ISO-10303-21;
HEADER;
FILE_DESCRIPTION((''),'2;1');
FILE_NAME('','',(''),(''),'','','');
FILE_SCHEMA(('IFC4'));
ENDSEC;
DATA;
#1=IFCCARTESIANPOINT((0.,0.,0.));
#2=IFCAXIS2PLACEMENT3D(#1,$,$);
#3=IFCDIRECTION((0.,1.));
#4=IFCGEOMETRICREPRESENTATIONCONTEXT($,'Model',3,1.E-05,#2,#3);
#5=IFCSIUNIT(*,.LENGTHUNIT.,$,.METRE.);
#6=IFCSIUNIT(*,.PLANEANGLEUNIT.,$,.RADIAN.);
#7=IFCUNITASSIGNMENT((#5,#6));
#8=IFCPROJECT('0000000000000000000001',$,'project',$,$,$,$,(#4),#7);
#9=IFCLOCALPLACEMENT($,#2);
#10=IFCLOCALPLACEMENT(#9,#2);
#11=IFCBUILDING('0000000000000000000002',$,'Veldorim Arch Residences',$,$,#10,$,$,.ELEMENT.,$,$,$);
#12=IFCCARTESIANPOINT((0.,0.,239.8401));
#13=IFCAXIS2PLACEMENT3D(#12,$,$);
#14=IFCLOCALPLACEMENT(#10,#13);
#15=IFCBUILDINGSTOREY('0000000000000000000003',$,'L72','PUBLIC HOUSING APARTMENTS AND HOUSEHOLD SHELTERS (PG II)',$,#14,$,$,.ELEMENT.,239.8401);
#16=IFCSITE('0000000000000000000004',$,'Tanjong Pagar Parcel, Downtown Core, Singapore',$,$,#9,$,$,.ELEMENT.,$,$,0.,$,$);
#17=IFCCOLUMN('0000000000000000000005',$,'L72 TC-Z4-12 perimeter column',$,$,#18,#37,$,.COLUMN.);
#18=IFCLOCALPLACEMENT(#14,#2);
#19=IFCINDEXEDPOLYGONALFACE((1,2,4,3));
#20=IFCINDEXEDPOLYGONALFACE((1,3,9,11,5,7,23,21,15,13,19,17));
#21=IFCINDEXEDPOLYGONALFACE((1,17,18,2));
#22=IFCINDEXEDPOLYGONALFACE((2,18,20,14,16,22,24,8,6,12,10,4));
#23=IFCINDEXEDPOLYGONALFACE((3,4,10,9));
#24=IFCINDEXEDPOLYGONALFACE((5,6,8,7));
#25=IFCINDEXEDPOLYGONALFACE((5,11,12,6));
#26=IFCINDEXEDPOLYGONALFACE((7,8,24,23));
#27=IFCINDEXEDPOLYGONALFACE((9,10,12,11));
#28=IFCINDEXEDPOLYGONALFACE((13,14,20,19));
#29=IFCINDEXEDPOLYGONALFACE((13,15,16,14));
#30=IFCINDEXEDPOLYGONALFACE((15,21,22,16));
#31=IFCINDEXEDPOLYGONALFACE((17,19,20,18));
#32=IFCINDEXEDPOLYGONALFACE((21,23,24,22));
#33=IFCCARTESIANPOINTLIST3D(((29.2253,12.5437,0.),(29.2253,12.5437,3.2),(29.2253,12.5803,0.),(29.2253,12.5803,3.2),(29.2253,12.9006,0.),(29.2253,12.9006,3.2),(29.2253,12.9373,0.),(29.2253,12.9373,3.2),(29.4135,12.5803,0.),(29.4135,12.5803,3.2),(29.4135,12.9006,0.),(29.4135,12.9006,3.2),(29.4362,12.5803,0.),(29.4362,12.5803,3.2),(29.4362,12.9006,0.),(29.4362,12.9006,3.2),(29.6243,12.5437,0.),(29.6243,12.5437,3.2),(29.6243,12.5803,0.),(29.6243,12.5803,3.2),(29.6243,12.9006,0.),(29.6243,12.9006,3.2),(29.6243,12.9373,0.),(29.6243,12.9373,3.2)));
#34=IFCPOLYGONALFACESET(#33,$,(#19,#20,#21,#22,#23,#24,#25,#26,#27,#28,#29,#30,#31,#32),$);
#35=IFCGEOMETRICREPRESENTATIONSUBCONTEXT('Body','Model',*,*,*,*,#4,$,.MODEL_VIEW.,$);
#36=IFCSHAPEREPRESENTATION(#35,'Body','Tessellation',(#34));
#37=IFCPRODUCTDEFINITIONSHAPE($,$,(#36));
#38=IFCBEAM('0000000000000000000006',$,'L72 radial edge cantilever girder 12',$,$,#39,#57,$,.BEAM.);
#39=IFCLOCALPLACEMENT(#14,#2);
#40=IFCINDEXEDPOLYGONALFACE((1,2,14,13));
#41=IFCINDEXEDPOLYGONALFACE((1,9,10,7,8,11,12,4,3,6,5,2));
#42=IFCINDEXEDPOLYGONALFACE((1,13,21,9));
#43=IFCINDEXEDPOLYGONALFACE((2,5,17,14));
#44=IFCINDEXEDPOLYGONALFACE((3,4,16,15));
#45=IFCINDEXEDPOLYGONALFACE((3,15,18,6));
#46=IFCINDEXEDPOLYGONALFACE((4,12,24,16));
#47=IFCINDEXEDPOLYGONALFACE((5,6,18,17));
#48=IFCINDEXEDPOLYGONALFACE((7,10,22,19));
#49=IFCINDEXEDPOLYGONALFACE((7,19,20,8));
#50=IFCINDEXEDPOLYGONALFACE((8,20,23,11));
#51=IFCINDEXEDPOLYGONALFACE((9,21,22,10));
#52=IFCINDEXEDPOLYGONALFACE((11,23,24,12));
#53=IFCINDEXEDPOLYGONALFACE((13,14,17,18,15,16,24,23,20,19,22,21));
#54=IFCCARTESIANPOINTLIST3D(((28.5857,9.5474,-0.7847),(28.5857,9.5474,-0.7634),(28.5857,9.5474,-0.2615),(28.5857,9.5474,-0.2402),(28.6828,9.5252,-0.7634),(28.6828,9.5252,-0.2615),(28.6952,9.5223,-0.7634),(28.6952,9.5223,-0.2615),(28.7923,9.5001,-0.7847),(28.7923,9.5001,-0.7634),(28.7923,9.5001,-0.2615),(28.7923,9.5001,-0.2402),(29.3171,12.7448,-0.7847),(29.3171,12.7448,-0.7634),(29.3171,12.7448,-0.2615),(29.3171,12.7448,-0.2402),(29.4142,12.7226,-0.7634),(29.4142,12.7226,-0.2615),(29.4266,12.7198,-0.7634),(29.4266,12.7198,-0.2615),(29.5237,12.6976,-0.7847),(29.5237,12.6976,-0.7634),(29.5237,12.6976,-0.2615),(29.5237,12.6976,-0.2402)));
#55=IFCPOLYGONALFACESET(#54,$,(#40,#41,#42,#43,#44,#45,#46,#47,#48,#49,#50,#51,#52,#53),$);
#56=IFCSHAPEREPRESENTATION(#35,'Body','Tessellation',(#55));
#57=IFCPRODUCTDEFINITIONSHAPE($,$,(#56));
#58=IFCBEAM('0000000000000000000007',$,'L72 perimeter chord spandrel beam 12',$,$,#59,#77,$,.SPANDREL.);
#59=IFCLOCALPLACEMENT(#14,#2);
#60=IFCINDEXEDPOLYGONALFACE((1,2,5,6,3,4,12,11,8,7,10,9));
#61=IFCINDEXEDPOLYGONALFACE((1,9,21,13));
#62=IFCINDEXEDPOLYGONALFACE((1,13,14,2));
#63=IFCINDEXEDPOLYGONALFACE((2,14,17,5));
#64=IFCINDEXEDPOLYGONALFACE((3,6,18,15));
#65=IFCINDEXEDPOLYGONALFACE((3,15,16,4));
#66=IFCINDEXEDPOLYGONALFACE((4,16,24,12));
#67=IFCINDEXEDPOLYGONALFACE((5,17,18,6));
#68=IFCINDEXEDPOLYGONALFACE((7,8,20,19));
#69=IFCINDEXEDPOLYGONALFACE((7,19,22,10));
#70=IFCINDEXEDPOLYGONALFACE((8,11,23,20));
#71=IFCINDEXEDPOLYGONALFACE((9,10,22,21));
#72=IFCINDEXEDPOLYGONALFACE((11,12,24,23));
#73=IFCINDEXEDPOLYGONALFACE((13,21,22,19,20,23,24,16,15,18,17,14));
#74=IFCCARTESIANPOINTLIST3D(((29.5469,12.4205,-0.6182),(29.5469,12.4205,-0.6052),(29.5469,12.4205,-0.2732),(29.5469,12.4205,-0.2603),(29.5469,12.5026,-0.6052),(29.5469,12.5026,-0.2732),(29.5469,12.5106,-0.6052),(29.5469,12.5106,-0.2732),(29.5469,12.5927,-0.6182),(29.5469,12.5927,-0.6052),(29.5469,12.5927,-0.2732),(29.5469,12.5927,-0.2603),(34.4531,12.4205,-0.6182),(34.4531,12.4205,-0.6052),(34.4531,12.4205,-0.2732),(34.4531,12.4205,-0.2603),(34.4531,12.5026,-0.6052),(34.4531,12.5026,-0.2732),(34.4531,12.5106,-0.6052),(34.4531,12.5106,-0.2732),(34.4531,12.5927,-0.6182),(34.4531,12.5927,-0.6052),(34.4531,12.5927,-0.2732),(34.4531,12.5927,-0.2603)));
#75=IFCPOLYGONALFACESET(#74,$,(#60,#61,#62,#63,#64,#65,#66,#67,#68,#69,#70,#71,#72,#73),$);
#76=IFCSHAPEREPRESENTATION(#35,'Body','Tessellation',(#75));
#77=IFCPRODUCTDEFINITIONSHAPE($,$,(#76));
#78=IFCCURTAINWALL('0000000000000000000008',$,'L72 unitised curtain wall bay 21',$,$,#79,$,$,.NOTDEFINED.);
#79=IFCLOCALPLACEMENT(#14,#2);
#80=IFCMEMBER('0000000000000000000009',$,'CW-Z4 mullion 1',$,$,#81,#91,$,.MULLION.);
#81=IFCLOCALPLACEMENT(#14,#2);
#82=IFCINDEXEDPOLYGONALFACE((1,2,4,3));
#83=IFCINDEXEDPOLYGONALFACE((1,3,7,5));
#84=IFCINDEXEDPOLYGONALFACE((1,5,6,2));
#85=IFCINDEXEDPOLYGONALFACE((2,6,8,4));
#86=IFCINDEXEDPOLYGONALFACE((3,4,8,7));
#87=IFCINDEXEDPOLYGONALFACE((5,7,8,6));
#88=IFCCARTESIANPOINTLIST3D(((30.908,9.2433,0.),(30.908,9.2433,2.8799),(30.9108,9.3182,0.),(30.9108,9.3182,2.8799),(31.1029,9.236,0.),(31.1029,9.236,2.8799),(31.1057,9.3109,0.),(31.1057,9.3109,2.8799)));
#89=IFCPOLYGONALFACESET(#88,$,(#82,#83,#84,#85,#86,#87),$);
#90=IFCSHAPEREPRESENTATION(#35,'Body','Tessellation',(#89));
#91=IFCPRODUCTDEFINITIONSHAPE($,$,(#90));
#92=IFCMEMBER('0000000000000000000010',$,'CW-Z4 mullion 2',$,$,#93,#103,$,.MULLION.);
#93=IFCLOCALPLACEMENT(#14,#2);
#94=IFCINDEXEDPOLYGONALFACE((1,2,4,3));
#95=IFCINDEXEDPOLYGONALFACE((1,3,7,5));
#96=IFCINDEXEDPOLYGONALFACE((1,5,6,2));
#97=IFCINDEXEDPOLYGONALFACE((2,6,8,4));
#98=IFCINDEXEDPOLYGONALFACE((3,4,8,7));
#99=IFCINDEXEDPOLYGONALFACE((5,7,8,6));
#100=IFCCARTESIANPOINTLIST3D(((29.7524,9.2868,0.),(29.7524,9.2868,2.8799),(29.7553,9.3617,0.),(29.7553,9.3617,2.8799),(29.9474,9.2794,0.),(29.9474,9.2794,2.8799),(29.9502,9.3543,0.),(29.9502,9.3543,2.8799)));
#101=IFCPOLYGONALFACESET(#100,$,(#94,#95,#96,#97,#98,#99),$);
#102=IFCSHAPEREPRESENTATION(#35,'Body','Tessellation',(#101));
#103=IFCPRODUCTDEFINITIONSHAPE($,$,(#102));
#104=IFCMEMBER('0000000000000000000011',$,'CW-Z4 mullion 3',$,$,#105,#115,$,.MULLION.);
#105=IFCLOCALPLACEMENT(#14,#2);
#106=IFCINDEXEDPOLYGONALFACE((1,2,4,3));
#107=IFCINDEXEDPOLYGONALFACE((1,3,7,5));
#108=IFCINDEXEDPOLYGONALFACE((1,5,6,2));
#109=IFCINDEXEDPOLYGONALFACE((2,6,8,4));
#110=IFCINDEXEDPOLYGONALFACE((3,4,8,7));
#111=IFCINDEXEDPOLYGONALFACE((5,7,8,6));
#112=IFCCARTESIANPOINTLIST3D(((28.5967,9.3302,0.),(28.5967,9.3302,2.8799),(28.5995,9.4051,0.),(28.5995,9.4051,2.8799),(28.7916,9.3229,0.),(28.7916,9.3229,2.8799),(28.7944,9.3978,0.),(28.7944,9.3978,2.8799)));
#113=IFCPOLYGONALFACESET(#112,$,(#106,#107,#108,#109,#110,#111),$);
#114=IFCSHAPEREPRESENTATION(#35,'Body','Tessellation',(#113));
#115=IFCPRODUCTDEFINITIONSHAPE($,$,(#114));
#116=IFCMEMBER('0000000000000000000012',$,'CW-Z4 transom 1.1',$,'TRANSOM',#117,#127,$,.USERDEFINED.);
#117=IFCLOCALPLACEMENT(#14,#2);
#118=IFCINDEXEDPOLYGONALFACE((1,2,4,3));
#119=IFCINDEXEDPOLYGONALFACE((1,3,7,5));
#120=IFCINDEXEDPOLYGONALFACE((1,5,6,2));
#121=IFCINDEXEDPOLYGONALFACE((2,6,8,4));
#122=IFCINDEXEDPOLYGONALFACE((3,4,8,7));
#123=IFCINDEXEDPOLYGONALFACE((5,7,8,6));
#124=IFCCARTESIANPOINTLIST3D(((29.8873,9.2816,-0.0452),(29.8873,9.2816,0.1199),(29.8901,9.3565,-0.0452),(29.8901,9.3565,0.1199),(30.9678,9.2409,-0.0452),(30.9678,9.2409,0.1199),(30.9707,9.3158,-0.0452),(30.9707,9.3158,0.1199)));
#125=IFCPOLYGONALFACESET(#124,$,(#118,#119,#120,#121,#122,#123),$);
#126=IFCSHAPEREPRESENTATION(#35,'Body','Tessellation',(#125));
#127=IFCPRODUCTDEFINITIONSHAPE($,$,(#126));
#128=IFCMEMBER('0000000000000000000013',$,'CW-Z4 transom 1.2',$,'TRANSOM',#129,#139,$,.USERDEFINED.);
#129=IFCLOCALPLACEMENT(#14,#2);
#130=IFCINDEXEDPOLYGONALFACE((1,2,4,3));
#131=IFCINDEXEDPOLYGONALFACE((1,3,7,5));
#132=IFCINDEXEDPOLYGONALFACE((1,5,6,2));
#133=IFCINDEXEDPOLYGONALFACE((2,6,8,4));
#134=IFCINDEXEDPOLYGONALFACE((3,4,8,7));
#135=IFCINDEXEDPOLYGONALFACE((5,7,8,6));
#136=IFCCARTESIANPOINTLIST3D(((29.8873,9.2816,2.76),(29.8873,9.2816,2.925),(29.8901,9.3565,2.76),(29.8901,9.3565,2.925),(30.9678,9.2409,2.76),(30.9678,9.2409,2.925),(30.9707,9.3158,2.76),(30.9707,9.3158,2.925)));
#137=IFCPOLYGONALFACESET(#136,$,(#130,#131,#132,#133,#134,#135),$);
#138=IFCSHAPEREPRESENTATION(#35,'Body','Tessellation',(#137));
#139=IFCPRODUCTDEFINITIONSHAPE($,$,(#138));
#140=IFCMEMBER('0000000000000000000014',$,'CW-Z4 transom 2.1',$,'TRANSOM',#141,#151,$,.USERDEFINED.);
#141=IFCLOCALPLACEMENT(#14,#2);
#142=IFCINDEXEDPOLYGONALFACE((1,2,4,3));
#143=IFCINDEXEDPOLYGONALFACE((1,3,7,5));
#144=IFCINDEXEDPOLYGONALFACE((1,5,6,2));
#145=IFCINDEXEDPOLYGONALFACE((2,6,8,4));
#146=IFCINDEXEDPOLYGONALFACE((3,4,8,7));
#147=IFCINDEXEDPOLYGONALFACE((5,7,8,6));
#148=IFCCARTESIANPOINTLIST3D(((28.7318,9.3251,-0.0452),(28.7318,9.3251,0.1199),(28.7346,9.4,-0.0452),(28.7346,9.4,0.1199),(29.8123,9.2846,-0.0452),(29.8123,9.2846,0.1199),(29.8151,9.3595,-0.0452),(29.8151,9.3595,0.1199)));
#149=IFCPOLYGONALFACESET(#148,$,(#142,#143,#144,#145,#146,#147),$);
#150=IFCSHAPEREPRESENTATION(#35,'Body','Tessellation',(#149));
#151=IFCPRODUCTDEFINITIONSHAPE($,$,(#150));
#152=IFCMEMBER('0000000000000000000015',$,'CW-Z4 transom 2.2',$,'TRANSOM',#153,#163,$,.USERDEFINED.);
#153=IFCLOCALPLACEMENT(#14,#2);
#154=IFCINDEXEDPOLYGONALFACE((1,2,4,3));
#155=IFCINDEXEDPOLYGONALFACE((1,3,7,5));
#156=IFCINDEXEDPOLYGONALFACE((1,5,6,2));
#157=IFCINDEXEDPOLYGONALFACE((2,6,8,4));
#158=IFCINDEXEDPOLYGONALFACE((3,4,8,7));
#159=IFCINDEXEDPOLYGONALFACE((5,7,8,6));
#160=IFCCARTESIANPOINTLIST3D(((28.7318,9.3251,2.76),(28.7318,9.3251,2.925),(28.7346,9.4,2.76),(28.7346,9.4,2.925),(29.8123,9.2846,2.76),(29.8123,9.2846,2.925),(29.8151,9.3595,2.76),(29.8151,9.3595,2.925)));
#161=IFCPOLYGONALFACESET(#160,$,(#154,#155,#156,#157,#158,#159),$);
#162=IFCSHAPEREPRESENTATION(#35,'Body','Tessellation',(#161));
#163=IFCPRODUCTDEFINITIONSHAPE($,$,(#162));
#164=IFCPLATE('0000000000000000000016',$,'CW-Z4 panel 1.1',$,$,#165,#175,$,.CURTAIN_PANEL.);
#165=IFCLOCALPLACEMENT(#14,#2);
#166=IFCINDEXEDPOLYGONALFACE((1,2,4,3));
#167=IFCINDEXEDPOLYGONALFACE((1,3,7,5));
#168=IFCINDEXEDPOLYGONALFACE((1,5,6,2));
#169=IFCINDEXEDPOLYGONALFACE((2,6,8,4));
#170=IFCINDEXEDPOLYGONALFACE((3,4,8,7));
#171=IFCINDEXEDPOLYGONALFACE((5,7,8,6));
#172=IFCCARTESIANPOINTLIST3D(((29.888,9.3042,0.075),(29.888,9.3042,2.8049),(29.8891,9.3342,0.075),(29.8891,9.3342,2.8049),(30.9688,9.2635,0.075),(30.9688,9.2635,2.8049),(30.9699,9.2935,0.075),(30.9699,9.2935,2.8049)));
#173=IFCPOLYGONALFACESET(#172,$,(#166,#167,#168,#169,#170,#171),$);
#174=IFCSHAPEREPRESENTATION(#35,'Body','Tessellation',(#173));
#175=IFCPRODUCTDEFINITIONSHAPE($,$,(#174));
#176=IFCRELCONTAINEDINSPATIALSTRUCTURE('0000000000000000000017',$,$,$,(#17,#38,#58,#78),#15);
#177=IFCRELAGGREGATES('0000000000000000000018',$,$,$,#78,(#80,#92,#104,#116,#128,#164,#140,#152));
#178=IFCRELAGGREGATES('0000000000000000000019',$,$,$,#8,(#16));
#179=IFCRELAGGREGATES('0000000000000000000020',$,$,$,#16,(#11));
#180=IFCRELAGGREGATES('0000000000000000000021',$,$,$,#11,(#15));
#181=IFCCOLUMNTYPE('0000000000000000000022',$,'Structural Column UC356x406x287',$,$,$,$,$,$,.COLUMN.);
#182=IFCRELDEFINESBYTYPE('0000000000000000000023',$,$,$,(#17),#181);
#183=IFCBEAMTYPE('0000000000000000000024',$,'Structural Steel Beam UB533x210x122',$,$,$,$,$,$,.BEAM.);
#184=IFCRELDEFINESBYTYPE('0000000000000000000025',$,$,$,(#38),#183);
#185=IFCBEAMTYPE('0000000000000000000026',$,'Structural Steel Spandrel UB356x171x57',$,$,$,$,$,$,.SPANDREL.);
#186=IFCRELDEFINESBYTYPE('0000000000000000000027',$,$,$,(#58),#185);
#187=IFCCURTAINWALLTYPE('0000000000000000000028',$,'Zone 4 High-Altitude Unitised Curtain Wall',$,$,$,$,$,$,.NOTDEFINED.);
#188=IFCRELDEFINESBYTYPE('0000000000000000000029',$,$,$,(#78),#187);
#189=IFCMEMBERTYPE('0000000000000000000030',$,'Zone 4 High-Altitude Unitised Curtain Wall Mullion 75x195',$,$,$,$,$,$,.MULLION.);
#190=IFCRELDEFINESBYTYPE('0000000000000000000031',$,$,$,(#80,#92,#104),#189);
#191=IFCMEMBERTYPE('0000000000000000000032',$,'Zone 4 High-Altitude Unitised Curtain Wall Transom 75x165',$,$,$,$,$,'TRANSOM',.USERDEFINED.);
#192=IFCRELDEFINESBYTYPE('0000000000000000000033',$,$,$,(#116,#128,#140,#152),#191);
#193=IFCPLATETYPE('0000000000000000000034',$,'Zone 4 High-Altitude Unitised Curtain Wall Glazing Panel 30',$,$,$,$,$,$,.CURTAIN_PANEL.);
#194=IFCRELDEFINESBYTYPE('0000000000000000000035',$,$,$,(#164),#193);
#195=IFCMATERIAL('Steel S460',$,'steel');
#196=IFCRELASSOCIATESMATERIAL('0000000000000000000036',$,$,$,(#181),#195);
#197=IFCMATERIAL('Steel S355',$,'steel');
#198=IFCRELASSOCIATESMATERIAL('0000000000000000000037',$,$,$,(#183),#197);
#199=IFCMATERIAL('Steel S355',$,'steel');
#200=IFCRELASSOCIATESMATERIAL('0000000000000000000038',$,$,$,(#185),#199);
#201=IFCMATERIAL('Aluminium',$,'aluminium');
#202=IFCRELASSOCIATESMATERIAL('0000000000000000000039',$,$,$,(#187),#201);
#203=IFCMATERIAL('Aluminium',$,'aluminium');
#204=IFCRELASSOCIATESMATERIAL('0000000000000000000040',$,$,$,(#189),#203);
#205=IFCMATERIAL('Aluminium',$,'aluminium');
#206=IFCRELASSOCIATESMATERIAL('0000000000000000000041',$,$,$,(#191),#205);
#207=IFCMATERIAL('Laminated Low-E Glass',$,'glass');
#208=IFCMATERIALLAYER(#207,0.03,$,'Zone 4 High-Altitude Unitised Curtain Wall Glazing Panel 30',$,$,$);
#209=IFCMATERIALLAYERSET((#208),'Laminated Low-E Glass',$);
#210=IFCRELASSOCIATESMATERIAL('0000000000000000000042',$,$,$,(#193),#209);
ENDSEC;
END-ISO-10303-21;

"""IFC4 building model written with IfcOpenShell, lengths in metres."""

from ifc_helpers import new_model, si_unit, direction, frame, origin, origin_2d, place, context, subcontext, project, spatial, rectangle, i_section, extrude, material, layer, layer_set, material_profile, profile_set, type_object, element, aggregate, save


model = new_model("IFC4")

# Units and contexts
model_context = context("Model", 3, precision=1e-05, world=origin(), true_north=direction((0.0, 1.0)))
body_context = subcontext(model_context, "Body", "Model", "MODEL_VIEW")
ifc_project = project(units=[si_unit("LENGTHUNIT", "METRE"), si_unit("PLANEANGLEUNIT", "RADIAN")], contexts=[model_context])

# Site, building, storey
site_placement = place(None, origin())
site = spatial("IfcSite", under=ifc_project, at=site_placement, Name="Tanjong Pagar Parcel, Downtown Core, Singapore", CompositionType="ELEMENT", RefElevation=0.0)
building_placement = place(site_placement, origin())
building = spatial("IfcBuilding", under=site, at=building_placement, Name="Veldorim Arch Residences", CompositionType="ELEMENT")
storey_placement = place(building_placement, frame((0.0, 0.0, 239.8401)))
storey = spatial("IfcBuildingStorey", under=building, at=storey_placement, Name="L72", Description="PUBLIC HOUSING APARTMENTS AND HOUSEHOLD SHELTERS (PG II)", CompositionType="ELEMENT", Elevation=239.8401)

# Column
ifc_material_1 = material(Name="Steel S460", Category="steel")
ifc_material_profile_1 = material_profile(ifc_material_1, i_section(OverallWidth=0.3989, OverallDepth=0.3936, WebThickness=0.0227, FlangeThickness=0.0366, at=origin_2d()), Name="UC356x406x287")
ifc_profile_set_1 = profile_set([ifc_material_profile_1], Name="Steel S460")
column_type = type_object("IfcColumnType", Name="Structural Column UC356x406x287", PredefinedType="COLUMN", material=ifc_profile_set_1)
column_placement = place(storey_placement, frame((29.4248, 12.7405, 0.0), z_axis=(0.0, 0.0, 1.0), x_axis=(1.0, 0.0, 0.0)))
element("IfcColumn", 1, at=column_placement, inside=storey, type_object=column_type, Name="L72 TC-Z4-12 perimeter column", PredefinedType="COLUMN", context=body_context, shape_type="SweptSolid", body=[
    extrude(i_section(OverallWidth=0.3989, OverallDepth=0.3936, WebThickness=0.0227, FlangeThickness=0.0366, at=origin_2d()), origin(), (0.0, 0.0, 1.0), 3.2),
])

# Beams
ifc_material_2 = material(Name="Steel S355", Category="steel")
ifc_material_profile_2 = material_profile(ifc_material_2, i_section(OverallWidth=0.2119, OverallDepth=0.5444, WebThickness=0.0127, FlangeThickness=0.0212, at=origin_2d()), Name="UB533x210x122")
ifc_profile_set_2 = profile_set([ifc_material_profile_2], Name="Steel S355")
beam_type_1 = type_object("IfcBeamType", Name="Structural Steel Beam UB533x210x122", PredefinedType="BEAM", material=ifc_profile_set_2)
beam_1_placement = place(storey_placement, frame((29.4204, 12.7212, -0.5125), z_axis=(-0.222995, -0.97482, 0.0), x_axis=(0.97482, -0.222995, 0.0)))
element("IfcBeam", 2, at=beam_1_placement, inside=storey, type_object=beam_type_1, Name="L72 radial edge cantilever girder 12", PredefinedType="BEAM", context=body_context, shape_type="SweptSolid", body=[
    extrude(i_section(OverallWidth=0.2119, OverallDepth=0.5444, WebThickness=0.0127, FlangeThickness=0.0212, at=origin_2d()), origin(), (0.0, 0.0, 1.0), 3.28),
])
ifc_material_3 = material(Name="Steel S355", Category="steel")
ifc_material_profile_3 = material_profile(ifc_material_3, i_section(OverallWidth=0.1721, OverallDepth=0.3579, WebThickness=0.0081, FlangeThickness=0.0129, at=origin_2d()), Name="UB356x171x57")
ifc_profile_set_3 = profile_set([ifc_material_profile_3], Name="Steel S355")
beam_type_2 = type_object("IfcBeamType", Name="Structural Steel Spandrel UB356x171x57", PredefinedType="SPANDREL", material=ifc_profile_set_3)
beam_2_placement = place(storey_placement, frame((29.5469, 12.5066, -0.4392), z_axis=(1.0, 0.0, 0.0), x_axis=(0.0, 1.0, 0.0)))
element("IfcBeam", 3, at=beam_2_placement, inside=storey, type_object=beam_type_2, Name="L72 perimeter chord spandrel beam 12", PredefinedType="SPANDREL", context=body_context, shape_type="SweptSolid", body=[
    extrude(i_section(OverallWidth=0.1721, OverallDepth=0.3579, WebThickness=0.0081, FlangeThickness=0.0129, at=origin_2d()), origin(), (0.0, 0.0, 1.0), 4.9062),
])

# Curtain wall, members, plate
ifc_material_4 = material(Name="Aluminium", Category="aluminium")
curtain_wall_type = type_object("IfcCurtainWallType", Name="Zone 4 High-Altitude Unitised Curtain Wall", PredefinedType="NOTDEFINED", material=ifc_material_4)
curtain_wall_placement = place(storey_placement, origin())
curtain_wall = element("IfcCurtainWall", 4, at=curtain_wall_placement, inside=storey, type_object=curtain_wall_type, Name="L72 unitised curtain wall bay 21", PredefinedType="NOTDEFINED")
ifc_material_5 = material(Name="Aluminium", Category="aluminium")
ifc_material_profile_4 = material_profile(ifc_material_5, rectangle(XDim=0.075, YDim=0.1951, at=origin_2d()), Name="ALU_MUL_75x195")
ifc_profile_set_4 = profile_set([ifc_material_profile_4], Name="Aluminium")
member_type_1 = type_object("IfcMemberType", Name="Zone 4 High-Altitude Unitised Curtain Wall Mullion 75x195", PredefinedType="MULLION", material=ifc_profile_set_4)
member_1_placement = place(storey_placement, frame((31.0068, 9.2771, 0.0), z_axis=(0.0, 0.0, 1.0), x_axis=(-0.037606, -0.999293, 0.0)))
member_1 = element("IfcMember", 5, at=member_1_placement, type_object=member_type_1, Name="CW-Z4 mullion 1", PredefinedType="MULLION", context=body_context, shape_type="SweptSolid", body=[
    extrude(rectangle(XDim=0.075, YDim=0.1951, at=origin_2d()), origin(), (0.0, 0.0, 1.0), 2.8799),
])
member_2_placement = place(storey_placement, frame((29.8513, 9.3206, 0.0), z_axis=(0.0, 0.0, 1.0), x_axis=(-0.037606, -0.999293, 0.0)))
member_2 = element("IfcMember", 6, at=member_2_placement, type_object=member_type_1, Name="CW-Z4 mullion 2", PredefinedType="MULLION", context=body_context, shape_type="SweptSolid", body=[
    extrude(rectangle(XDim=0.075, YDim=0.1951, at=origin_2d()), origin(), (0.0, 0.0, 1.0), 2.8799),
])
member_3_placement = place(storey_placement, frame((28.6956, 9.364, 0.0), z_axis=(0.0, 0.0, 1.0), x_axis=(-0.037606, -0.999293, 0.0)))
member_3 = element("IfcMember", 7, at=member_3_placement, type_object=member_type_1, Name="CW-Z4 mullion 3", PredefinedType="MULLION", context=body_context, shape_type="SweptSolid", body=[
    extrude(rectangle(XDim=0.075, YDim=0.1951, at=origin_2d()), origin(), (0.0, 0.0, 1.0), 2.8799),
])
ifc_material_6 = material(Name="Aluminium", Category="aluminium")
ifc_material_profile_5 = material_profile(ifc_material_6, rectangle(XDim=0.075, YDim=0.165, at=origin_2d()), Name="ALU_TRN_75x165")
ifc_profile_set_5 = profile_set([ifc_material_profile_5], Name="Aluminium")
member_type_2 = type_object("IfcMemberType", Name="Zone 4 High-Altitude Unitised Curtain Wall Transom 75x165", ElementType="TRANSOM", PredefinedType="USERDEFINED", material=ifc_profile_set_5)
member_4_placement = place(storey_placement, frame((30.9692, 9.2783, 0.0374), z_axis=(-0.999289, 0.037705, 0.0), x_axis=(-0.037705, -0.999289, 0.0)))
member_4 = element("IfcMember", 8, at=member_4_placement, type_object=member_type_2, Name="CW-Z4 transom 1.1", ObjectType="TRANSOM", PredefinedType="USERDEFINED", context=body_context, shape_type="SweptSolid", body=[
    extrude(rectangle(XDim=0.075, YDim=0.165, at=origin_2d()), origin(), (0.0, 0.0, 1.0), 1.0813),
])
member_5_placement = place(storey_placement, frame((30.9692, 9.2783, 2.8425), z_axis=(-0.999289, 0.037705, 0.0), x_axis=(-0.037705, -0.999289, 0.0)))
member_5 = element("IfcMember", 9, at=member_5_placement, type_object=member_type_2, Name="CW-Z4 transom 1.2", ObjectType="TRANSOM", PredefinedType="USERDEFINED", context=body_context, shape_type="SweptSolid", body=[
    extrude(rectangle(XDim=0.075, YDim=0.165, at=origin_2d()), origin(), (0.0, 0.0, 1.0), 1.0813),
])
member_6_placement = place(storey_placement, frame((29.8137, 9.322, 0.0374), z_axis=(-0.999297, 0.037479, 0.0), x_axis=(-0.037479, -0.999297, 0.0)))
member_6 = element("IfcMember", 10, at=member_6_placement, type_object=member_type_2, Name="CW-Z4 transom 2.1", ObjectType="TRANSOM", PredefinedType="USERDEFINED", context=body_context, shape_type="SweptSolid", body=[
    extrude(rectangle(XDim=0.075, YDim=0.165, at=origin_2d()), origin(), (0.0, 0.0, 1.0), 1.0813),
])
member_7_placement = place(storey_placement, frame((29.8137, 9.322, 2.8425), z_axis=(-0.999297, 0.037479, 0.0), x_axis=(-0.037479, -0.999297, 0.0)))
member_7 = element("IfcMember", 11, at=member_7_placement, type_object=member_type_2, Name="CW-Z4 transom 2.2", ObjectType="TRANSOM", PredefinedType="USERDEFINED", context=body_context, shape_type="SweptSolid", body=[
    extrude(rectangle(XDim=0.075, YDim=0.165, at=origin_2d()), origin(), (0.0, 0.0, 1.0), 1.0813),
])
ifc_material_7 = material(Name="Laminated Low-E Glass", Category="glass")
ifc_layer_1 = layer(ifc_material_7, 0.03, Name="Zone 4 High-Altitude Unitised Curtain Wall Glazing Panel 30")
ifc_layer_set_1 = layer_set([ifc_layer_1], Name="Laminated Low-E Glass")
plate_type = type_object("IfcPlateType", Name="Zone 4 High-Altitude Unitised Curtain Wall Glazing Panel 30", PredefinedType="CURTAIN_PANEL", material=ifc_layer_set_1)
plate_1_placement = place(storey_placement, frame((30.429, 9.2988, 0.075), z_axis=(0.0, 0.0, 1.0), x_axis=(-0.999293, 0.037606, 0.0)))
plate_1 = element("IfcPlate", 12, at=plate_1_placement, type_object=plate_type, Name="CW-Z4 panel 1.1", PredefinedType="CURTAIN_PANEL", context=body_context, shape_type="SweptSolid", body=[
    extrude(rectangle(XDim=1.0815, YDim=0.03, at=origin_2d()), origin(), (0.0, 0.0, 1.0), 2.73),
])
aggregate(curtain_wall, [member_1, member_2, member_3, member_4, member_5, plate_1, member_6, member_7])

save(model, "model.ifc")
